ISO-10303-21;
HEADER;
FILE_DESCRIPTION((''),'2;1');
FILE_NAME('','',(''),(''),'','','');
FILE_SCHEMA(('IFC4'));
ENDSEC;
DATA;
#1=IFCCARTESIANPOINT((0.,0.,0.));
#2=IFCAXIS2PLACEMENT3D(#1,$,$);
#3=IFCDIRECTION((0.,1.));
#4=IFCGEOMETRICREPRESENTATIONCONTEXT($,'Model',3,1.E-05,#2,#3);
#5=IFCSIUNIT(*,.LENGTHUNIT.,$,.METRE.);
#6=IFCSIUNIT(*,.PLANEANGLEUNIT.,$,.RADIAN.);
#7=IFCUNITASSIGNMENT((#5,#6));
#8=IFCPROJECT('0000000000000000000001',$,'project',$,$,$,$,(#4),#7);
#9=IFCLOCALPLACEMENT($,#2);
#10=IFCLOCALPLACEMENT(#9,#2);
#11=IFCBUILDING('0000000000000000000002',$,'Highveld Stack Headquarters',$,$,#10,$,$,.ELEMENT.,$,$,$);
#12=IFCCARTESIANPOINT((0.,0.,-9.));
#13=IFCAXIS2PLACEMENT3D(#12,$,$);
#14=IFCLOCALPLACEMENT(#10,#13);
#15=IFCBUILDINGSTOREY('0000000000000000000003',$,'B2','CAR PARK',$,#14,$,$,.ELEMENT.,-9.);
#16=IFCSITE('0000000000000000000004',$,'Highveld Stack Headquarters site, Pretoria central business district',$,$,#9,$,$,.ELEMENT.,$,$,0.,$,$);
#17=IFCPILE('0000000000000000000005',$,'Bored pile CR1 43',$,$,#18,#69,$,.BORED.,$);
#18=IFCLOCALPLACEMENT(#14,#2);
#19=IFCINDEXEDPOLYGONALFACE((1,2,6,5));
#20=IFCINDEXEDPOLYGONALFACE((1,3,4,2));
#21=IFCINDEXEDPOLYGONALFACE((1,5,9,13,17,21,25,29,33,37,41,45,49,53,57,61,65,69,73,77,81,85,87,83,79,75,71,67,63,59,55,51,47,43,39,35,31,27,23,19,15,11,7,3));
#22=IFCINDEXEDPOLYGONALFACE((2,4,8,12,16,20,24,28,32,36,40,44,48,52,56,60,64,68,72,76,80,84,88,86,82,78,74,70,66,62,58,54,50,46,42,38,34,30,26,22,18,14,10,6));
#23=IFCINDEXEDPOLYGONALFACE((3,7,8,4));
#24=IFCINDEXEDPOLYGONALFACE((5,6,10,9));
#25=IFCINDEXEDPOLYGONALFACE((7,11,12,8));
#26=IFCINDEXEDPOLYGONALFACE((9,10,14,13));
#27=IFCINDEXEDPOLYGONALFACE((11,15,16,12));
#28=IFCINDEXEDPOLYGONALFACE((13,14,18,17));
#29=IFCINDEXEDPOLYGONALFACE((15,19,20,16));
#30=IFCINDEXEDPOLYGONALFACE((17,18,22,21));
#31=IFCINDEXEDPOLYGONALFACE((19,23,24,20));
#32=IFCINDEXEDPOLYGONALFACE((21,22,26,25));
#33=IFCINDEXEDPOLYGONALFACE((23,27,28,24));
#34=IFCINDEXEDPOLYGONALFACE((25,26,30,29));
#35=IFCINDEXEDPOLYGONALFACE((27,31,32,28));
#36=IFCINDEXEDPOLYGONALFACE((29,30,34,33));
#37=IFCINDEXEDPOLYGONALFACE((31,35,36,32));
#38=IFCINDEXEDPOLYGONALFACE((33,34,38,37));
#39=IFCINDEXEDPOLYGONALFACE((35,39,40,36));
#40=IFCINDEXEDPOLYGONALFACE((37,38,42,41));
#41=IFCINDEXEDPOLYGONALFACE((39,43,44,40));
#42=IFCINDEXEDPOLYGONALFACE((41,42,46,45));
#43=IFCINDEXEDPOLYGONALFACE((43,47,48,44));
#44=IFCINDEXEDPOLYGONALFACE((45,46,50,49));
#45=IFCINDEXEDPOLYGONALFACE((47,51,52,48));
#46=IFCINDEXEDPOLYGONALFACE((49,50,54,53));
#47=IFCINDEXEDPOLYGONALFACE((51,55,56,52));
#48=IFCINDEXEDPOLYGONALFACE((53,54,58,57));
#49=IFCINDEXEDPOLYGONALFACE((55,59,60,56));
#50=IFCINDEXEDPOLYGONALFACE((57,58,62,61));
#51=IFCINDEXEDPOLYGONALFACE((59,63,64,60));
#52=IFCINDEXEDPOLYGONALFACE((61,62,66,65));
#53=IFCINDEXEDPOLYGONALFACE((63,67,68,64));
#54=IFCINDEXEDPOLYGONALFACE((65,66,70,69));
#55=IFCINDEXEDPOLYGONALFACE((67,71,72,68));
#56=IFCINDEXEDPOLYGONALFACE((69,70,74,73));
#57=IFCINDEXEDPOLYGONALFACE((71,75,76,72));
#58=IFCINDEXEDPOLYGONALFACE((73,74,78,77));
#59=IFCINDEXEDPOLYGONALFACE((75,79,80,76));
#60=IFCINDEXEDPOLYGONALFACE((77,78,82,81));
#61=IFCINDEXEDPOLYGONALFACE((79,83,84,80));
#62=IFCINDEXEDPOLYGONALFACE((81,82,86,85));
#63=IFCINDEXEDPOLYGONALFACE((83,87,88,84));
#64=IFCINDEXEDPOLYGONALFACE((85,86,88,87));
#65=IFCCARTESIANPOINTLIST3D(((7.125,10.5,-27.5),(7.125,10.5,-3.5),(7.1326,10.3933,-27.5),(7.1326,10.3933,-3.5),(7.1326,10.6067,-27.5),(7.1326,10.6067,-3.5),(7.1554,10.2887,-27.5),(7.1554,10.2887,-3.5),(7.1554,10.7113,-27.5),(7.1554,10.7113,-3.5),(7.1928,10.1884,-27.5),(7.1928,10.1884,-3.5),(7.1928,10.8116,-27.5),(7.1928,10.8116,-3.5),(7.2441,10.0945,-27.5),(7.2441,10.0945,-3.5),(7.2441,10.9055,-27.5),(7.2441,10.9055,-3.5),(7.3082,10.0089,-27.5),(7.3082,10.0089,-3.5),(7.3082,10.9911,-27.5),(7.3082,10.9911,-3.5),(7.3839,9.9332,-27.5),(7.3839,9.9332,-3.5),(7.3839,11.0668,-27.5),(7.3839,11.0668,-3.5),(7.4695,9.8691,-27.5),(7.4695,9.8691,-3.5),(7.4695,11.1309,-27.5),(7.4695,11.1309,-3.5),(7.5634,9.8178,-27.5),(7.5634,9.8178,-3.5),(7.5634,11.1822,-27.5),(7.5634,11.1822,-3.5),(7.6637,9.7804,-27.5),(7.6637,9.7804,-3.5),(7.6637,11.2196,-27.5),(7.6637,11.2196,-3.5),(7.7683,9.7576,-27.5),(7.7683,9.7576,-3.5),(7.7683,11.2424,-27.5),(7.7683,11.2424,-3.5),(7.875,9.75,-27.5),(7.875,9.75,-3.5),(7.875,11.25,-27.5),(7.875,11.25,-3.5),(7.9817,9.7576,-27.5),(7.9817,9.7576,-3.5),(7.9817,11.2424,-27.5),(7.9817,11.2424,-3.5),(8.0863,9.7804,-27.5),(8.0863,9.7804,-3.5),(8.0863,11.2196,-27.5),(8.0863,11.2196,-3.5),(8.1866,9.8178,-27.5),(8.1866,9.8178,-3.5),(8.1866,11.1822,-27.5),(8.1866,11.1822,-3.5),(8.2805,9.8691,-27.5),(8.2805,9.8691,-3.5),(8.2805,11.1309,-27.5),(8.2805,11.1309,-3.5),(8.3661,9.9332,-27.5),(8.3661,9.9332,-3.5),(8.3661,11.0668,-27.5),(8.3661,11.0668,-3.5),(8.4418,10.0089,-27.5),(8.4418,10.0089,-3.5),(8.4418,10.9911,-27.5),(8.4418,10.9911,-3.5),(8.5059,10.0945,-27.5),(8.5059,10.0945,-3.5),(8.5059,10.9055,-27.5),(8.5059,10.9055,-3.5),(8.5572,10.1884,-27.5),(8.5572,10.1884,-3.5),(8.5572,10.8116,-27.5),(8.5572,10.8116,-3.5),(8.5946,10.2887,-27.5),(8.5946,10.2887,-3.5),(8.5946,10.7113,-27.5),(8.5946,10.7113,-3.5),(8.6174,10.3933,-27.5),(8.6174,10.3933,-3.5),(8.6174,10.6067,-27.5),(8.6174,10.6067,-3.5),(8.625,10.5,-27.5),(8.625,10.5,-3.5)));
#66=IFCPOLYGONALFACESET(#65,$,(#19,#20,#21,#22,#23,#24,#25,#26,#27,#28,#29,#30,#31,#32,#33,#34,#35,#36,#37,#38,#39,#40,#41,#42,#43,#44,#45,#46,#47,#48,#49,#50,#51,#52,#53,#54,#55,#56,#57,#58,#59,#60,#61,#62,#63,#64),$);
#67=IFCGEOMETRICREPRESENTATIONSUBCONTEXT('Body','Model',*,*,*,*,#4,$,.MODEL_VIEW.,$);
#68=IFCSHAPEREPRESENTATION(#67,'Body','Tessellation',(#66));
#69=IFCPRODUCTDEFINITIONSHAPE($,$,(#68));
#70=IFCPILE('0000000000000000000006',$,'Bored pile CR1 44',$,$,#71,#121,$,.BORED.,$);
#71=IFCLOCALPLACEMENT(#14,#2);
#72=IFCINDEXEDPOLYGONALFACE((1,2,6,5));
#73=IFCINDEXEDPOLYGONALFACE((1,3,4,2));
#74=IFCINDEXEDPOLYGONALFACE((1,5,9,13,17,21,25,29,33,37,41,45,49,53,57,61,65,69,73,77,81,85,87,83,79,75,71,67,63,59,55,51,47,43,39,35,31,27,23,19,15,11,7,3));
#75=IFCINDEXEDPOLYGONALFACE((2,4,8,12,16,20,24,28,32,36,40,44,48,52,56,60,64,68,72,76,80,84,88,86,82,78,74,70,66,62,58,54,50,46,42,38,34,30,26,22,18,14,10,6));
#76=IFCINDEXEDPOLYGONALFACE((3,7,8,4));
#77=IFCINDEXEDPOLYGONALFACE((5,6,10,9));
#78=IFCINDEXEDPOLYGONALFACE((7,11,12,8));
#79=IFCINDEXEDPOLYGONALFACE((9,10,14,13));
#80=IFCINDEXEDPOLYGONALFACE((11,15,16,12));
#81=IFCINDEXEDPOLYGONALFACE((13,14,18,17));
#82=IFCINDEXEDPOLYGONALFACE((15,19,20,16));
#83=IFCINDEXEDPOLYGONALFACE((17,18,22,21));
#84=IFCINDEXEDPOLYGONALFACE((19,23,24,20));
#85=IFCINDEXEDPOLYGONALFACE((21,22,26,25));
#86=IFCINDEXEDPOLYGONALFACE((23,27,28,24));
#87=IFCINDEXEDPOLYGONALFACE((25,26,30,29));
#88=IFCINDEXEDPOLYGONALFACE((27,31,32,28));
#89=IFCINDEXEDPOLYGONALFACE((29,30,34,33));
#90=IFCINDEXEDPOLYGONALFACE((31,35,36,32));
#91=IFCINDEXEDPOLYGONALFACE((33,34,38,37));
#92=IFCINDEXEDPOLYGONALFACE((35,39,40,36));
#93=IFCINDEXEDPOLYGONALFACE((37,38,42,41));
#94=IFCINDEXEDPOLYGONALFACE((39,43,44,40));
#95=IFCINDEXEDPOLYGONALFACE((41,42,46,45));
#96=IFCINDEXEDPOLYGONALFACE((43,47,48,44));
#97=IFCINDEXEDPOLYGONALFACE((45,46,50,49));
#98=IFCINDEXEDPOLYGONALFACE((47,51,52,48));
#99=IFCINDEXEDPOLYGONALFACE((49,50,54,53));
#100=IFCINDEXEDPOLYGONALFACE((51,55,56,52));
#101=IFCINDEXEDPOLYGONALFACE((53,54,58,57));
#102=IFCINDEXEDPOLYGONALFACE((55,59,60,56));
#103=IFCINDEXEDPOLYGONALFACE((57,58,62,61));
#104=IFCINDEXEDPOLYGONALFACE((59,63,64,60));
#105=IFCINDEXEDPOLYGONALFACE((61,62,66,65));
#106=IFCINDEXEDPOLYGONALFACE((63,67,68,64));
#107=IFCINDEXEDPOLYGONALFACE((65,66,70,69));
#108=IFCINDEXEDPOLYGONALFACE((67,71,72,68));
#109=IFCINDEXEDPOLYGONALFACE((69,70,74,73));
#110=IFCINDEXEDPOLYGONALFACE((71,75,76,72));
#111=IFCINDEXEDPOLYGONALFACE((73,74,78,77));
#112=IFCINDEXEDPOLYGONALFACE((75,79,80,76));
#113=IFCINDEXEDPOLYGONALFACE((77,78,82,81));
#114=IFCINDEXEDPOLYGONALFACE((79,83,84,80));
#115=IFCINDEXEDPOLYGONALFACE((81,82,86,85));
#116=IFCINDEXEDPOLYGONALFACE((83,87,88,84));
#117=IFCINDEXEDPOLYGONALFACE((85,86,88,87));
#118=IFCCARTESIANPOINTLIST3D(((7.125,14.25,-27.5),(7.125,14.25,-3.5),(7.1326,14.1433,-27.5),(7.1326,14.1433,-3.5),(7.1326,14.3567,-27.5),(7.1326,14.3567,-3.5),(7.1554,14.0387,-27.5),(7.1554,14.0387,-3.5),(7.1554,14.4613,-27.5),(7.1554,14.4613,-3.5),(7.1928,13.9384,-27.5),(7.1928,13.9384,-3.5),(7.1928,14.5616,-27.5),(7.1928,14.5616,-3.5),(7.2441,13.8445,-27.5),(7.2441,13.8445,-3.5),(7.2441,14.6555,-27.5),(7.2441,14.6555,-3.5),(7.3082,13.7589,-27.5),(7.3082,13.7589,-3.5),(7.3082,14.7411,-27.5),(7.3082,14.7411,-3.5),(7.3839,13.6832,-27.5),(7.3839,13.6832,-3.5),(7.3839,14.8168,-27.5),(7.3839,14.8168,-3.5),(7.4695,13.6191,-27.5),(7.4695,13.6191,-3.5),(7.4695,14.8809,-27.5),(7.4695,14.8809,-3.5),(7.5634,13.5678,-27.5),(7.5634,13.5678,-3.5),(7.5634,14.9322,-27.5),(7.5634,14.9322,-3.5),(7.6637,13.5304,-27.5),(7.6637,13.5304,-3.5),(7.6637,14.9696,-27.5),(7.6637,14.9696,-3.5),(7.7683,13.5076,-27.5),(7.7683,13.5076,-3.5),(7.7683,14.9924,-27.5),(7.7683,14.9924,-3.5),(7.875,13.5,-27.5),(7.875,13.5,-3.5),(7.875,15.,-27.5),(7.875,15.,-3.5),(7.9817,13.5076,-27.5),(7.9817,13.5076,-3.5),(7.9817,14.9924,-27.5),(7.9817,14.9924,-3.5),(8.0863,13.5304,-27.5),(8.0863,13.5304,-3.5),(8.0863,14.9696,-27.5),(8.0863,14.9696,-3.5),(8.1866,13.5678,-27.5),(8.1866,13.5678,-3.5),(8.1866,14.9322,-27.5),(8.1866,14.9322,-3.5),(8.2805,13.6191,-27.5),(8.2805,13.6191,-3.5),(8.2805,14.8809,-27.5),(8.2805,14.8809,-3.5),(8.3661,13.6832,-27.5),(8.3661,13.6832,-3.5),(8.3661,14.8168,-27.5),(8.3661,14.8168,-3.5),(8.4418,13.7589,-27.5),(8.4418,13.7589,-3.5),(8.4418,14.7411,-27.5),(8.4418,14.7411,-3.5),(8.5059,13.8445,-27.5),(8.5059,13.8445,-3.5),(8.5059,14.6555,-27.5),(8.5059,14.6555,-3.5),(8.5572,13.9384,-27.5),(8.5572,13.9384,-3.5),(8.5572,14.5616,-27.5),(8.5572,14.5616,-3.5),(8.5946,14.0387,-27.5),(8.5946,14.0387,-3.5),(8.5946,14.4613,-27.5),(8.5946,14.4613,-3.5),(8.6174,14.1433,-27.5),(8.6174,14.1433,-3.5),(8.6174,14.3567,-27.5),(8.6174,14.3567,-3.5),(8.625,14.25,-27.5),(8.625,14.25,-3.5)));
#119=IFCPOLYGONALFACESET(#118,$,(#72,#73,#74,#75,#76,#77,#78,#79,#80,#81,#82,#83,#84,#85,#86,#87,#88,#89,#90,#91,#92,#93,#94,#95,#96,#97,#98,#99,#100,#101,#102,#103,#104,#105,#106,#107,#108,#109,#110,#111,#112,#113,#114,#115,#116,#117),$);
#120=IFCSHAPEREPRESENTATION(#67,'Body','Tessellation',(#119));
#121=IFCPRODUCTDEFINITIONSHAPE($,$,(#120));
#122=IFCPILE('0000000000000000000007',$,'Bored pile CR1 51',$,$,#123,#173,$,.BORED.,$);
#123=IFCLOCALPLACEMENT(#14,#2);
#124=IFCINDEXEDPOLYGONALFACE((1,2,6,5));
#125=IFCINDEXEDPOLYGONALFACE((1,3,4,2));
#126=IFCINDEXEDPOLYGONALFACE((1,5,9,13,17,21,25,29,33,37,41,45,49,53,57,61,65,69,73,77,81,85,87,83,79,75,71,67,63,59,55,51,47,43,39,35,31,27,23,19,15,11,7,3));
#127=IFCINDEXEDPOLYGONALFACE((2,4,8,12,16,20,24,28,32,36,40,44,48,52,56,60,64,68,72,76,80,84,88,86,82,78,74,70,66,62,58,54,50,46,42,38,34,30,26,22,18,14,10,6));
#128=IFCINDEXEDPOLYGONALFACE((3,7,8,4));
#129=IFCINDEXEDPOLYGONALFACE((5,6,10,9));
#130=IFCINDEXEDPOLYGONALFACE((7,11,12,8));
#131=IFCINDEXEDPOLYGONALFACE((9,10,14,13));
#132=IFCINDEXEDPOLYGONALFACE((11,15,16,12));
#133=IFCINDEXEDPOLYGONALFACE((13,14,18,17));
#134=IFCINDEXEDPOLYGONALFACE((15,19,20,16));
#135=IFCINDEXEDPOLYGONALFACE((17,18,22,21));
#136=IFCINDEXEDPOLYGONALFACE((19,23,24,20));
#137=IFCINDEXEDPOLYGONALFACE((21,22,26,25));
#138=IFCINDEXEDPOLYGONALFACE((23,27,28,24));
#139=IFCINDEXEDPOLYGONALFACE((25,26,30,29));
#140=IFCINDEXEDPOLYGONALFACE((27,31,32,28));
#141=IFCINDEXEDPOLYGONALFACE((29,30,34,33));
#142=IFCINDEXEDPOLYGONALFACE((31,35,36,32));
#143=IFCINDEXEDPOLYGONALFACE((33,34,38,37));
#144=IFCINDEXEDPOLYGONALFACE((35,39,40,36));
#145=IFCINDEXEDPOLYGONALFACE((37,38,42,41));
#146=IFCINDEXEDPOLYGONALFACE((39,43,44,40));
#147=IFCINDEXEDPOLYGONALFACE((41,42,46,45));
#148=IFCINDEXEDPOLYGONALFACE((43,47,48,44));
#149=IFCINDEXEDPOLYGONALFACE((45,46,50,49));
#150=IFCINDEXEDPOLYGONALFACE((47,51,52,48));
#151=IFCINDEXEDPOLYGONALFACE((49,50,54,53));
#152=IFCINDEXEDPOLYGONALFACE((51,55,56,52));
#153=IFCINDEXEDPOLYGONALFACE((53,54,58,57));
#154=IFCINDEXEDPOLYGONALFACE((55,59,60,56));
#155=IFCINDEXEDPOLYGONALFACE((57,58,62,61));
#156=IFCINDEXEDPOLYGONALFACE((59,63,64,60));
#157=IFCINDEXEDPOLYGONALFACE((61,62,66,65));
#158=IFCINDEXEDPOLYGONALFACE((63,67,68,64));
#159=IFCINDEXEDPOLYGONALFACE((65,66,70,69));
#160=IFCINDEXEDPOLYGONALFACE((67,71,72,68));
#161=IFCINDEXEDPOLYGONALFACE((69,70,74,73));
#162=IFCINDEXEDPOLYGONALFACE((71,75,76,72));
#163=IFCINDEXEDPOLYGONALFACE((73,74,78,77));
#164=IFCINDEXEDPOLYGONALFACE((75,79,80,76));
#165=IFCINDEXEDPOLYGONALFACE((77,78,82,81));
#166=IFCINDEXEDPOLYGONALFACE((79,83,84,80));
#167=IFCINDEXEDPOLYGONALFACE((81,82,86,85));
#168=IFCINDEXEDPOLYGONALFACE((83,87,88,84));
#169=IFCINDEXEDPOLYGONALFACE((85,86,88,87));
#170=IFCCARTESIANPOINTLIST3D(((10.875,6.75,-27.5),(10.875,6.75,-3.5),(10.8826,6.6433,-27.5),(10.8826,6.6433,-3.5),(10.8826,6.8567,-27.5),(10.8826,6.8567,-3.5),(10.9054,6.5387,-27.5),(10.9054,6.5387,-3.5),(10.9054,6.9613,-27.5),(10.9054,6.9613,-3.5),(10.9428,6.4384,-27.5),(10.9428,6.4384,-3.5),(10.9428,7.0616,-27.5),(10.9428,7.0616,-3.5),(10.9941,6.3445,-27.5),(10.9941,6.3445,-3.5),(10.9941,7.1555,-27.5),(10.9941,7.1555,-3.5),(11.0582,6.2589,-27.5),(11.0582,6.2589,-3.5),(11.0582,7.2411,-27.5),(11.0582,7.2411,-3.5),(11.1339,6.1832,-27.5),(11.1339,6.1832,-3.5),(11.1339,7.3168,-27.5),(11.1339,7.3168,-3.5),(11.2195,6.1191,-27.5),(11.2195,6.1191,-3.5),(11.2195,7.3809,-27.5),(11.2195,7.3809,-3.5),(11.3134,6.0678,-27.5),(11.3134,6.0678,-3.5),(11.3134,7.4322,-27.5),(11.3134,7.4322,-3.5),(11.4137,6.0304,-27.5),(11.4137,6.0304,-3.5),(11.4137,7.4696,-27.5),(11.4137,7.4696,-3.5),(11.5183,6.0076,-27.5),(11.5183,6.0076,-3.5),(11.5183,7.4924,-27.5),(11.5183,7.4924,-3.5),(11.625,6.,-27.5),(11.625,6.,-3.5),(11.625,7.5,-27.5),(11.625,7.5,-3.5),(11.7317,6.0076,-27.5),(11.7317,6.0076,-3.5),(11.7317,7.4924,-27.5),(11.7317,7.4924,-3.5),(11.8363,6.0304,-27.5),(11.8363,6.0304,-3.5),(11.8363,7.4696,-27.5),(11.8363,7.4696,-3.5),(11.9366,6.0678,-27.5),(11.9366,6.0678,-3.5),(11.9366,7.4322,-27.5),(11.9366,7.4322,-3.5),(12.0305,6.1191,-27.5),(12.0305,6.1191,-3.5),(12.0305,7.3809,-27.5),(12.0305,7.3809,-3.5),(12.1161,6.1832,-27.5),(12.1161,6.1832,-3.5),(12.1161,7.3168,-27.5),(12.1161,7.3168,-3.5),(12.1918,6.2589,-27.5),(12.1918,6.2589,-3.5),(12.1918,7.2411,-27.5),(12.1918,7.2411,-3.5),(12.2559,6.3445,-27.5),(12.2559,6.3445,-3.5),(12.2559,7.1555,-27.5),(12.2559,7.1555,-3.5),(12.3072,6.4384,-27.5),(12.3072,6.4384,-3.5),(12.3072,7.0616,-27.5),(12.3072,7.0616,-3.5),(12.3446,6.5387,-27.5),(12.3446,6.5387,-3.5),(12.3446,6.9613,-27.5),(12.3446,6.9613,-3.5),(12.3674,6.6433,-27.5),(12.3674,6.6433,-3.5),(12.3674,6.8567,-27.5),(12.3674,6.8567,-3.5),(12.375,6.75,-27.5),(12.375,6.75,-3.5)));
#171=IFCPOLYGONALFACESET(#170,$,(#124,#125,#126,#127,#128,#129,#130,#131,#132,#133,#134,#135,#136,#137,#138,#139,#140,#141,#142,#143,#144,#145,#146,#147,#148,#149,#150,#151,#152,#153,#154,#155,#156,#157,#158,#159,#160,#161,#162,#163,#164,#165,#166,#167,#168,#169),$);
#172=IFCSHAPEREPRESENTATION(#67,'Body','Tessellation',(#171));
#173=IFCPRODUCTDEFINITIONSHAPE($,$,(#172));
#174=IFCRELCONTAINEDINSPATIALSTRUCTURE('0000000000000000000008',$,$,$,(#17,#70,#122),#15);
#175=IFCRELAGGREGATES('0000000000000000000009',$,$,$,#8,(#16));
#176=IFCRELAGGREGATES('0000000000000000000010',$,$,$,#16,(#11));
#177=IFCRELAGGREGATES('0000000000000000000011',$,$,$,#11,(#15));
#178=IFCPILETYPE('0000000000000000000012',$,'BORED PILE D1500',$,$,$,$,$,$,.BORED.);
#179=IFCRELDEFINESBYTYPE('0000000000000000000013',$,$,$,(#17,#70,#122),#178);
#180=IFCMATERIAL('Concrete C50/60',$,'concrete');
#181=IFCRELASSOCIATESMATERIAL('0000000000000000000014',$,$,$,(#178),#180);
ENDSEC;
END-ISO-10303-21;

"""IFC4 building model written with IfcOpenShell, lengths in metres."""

from ifc_helpers import new_model, si_unit, direction, frame, origin, origin_2d, place, context, subcontext, project, spatial, circle, extrude, material, type_object, element, save


model = new_model("IFC4")

# Units and contexts
model_context = context("Model", 3, precision=1e-05, world=origin(), true_north=direction((0.0, 1.0)))
body_context = subcontext(model_context, "Body", "Model", "MODEL_VIEW")
ifc_project = project(units=[si_unit("LENGTHUNIT", "METRE"), si_unit("PLANEANGLEUNIT", "RADIAN")], contexts=[model_context])

# Site, building, storey
site_placement = place(None, origin())
site = spatial("IfcSite", under=ifc_project, at=site_placement, Name="Highveld Stack Headquarters site, Pretoria central business district", CompositionType="ELEMENT", RefElevation=0.0)
building_placement = place(site_placement, origin())
building = spatial("IfcBuilding", under=site, at=building_placement, Name="Highveld Stack Headquarters", CompositionType="ELEMENT")
storey_placement = place(building_placement, frame((0.0, 0.0, -9.0)))
storey = spatial("IfcBuildingStorey", under=building, at=storey_placement, Name="B2", Description="CAR PARK", CompositionType="ELEMENT", Elevation=-9.0)

# Piles
ifc_material_1 = material(Name="Concrete C50/60", Category="concrete")
pile_type = type_object("IfcPileType", Name="BORED PILE D1500", PredefinedType="BORED", material=ifc_material_1)
for number, where, z_axis, x_axis, name in (
    (1, (7.875, 10.5, -3.5), (0.0, 0.0, -1.0), (1.0, 0.0, 0.0), "Bored pile CR1 43"),
    (2, (7.875, 14.25, -3.5), (0.0, 0.0, -1.0), (1.0, 0.0, 0.0), "Bored pile CR1 44"),
    (3, (11.625, 6.75, -3.5), (0.0, 0.0, -1.0), (1.0, 0.0, 0.0), "Bored pile CR1 51"),
):
    element("IfcPile", number, at=place(storey_placement, frame(where, z_axis=z_axis, x_axis=x_axis)), inside=storey, type_object=pile_type, Name=name, PredefinedType="BORED", context=body_context, shape_type="SweptSolid", body=[
        extrude(circle(Radius=0.75, at=origin_2d()), origin(), (0.0, 0.0, 1.0), 24.0),
    ])

save(model, "model.ifc")
